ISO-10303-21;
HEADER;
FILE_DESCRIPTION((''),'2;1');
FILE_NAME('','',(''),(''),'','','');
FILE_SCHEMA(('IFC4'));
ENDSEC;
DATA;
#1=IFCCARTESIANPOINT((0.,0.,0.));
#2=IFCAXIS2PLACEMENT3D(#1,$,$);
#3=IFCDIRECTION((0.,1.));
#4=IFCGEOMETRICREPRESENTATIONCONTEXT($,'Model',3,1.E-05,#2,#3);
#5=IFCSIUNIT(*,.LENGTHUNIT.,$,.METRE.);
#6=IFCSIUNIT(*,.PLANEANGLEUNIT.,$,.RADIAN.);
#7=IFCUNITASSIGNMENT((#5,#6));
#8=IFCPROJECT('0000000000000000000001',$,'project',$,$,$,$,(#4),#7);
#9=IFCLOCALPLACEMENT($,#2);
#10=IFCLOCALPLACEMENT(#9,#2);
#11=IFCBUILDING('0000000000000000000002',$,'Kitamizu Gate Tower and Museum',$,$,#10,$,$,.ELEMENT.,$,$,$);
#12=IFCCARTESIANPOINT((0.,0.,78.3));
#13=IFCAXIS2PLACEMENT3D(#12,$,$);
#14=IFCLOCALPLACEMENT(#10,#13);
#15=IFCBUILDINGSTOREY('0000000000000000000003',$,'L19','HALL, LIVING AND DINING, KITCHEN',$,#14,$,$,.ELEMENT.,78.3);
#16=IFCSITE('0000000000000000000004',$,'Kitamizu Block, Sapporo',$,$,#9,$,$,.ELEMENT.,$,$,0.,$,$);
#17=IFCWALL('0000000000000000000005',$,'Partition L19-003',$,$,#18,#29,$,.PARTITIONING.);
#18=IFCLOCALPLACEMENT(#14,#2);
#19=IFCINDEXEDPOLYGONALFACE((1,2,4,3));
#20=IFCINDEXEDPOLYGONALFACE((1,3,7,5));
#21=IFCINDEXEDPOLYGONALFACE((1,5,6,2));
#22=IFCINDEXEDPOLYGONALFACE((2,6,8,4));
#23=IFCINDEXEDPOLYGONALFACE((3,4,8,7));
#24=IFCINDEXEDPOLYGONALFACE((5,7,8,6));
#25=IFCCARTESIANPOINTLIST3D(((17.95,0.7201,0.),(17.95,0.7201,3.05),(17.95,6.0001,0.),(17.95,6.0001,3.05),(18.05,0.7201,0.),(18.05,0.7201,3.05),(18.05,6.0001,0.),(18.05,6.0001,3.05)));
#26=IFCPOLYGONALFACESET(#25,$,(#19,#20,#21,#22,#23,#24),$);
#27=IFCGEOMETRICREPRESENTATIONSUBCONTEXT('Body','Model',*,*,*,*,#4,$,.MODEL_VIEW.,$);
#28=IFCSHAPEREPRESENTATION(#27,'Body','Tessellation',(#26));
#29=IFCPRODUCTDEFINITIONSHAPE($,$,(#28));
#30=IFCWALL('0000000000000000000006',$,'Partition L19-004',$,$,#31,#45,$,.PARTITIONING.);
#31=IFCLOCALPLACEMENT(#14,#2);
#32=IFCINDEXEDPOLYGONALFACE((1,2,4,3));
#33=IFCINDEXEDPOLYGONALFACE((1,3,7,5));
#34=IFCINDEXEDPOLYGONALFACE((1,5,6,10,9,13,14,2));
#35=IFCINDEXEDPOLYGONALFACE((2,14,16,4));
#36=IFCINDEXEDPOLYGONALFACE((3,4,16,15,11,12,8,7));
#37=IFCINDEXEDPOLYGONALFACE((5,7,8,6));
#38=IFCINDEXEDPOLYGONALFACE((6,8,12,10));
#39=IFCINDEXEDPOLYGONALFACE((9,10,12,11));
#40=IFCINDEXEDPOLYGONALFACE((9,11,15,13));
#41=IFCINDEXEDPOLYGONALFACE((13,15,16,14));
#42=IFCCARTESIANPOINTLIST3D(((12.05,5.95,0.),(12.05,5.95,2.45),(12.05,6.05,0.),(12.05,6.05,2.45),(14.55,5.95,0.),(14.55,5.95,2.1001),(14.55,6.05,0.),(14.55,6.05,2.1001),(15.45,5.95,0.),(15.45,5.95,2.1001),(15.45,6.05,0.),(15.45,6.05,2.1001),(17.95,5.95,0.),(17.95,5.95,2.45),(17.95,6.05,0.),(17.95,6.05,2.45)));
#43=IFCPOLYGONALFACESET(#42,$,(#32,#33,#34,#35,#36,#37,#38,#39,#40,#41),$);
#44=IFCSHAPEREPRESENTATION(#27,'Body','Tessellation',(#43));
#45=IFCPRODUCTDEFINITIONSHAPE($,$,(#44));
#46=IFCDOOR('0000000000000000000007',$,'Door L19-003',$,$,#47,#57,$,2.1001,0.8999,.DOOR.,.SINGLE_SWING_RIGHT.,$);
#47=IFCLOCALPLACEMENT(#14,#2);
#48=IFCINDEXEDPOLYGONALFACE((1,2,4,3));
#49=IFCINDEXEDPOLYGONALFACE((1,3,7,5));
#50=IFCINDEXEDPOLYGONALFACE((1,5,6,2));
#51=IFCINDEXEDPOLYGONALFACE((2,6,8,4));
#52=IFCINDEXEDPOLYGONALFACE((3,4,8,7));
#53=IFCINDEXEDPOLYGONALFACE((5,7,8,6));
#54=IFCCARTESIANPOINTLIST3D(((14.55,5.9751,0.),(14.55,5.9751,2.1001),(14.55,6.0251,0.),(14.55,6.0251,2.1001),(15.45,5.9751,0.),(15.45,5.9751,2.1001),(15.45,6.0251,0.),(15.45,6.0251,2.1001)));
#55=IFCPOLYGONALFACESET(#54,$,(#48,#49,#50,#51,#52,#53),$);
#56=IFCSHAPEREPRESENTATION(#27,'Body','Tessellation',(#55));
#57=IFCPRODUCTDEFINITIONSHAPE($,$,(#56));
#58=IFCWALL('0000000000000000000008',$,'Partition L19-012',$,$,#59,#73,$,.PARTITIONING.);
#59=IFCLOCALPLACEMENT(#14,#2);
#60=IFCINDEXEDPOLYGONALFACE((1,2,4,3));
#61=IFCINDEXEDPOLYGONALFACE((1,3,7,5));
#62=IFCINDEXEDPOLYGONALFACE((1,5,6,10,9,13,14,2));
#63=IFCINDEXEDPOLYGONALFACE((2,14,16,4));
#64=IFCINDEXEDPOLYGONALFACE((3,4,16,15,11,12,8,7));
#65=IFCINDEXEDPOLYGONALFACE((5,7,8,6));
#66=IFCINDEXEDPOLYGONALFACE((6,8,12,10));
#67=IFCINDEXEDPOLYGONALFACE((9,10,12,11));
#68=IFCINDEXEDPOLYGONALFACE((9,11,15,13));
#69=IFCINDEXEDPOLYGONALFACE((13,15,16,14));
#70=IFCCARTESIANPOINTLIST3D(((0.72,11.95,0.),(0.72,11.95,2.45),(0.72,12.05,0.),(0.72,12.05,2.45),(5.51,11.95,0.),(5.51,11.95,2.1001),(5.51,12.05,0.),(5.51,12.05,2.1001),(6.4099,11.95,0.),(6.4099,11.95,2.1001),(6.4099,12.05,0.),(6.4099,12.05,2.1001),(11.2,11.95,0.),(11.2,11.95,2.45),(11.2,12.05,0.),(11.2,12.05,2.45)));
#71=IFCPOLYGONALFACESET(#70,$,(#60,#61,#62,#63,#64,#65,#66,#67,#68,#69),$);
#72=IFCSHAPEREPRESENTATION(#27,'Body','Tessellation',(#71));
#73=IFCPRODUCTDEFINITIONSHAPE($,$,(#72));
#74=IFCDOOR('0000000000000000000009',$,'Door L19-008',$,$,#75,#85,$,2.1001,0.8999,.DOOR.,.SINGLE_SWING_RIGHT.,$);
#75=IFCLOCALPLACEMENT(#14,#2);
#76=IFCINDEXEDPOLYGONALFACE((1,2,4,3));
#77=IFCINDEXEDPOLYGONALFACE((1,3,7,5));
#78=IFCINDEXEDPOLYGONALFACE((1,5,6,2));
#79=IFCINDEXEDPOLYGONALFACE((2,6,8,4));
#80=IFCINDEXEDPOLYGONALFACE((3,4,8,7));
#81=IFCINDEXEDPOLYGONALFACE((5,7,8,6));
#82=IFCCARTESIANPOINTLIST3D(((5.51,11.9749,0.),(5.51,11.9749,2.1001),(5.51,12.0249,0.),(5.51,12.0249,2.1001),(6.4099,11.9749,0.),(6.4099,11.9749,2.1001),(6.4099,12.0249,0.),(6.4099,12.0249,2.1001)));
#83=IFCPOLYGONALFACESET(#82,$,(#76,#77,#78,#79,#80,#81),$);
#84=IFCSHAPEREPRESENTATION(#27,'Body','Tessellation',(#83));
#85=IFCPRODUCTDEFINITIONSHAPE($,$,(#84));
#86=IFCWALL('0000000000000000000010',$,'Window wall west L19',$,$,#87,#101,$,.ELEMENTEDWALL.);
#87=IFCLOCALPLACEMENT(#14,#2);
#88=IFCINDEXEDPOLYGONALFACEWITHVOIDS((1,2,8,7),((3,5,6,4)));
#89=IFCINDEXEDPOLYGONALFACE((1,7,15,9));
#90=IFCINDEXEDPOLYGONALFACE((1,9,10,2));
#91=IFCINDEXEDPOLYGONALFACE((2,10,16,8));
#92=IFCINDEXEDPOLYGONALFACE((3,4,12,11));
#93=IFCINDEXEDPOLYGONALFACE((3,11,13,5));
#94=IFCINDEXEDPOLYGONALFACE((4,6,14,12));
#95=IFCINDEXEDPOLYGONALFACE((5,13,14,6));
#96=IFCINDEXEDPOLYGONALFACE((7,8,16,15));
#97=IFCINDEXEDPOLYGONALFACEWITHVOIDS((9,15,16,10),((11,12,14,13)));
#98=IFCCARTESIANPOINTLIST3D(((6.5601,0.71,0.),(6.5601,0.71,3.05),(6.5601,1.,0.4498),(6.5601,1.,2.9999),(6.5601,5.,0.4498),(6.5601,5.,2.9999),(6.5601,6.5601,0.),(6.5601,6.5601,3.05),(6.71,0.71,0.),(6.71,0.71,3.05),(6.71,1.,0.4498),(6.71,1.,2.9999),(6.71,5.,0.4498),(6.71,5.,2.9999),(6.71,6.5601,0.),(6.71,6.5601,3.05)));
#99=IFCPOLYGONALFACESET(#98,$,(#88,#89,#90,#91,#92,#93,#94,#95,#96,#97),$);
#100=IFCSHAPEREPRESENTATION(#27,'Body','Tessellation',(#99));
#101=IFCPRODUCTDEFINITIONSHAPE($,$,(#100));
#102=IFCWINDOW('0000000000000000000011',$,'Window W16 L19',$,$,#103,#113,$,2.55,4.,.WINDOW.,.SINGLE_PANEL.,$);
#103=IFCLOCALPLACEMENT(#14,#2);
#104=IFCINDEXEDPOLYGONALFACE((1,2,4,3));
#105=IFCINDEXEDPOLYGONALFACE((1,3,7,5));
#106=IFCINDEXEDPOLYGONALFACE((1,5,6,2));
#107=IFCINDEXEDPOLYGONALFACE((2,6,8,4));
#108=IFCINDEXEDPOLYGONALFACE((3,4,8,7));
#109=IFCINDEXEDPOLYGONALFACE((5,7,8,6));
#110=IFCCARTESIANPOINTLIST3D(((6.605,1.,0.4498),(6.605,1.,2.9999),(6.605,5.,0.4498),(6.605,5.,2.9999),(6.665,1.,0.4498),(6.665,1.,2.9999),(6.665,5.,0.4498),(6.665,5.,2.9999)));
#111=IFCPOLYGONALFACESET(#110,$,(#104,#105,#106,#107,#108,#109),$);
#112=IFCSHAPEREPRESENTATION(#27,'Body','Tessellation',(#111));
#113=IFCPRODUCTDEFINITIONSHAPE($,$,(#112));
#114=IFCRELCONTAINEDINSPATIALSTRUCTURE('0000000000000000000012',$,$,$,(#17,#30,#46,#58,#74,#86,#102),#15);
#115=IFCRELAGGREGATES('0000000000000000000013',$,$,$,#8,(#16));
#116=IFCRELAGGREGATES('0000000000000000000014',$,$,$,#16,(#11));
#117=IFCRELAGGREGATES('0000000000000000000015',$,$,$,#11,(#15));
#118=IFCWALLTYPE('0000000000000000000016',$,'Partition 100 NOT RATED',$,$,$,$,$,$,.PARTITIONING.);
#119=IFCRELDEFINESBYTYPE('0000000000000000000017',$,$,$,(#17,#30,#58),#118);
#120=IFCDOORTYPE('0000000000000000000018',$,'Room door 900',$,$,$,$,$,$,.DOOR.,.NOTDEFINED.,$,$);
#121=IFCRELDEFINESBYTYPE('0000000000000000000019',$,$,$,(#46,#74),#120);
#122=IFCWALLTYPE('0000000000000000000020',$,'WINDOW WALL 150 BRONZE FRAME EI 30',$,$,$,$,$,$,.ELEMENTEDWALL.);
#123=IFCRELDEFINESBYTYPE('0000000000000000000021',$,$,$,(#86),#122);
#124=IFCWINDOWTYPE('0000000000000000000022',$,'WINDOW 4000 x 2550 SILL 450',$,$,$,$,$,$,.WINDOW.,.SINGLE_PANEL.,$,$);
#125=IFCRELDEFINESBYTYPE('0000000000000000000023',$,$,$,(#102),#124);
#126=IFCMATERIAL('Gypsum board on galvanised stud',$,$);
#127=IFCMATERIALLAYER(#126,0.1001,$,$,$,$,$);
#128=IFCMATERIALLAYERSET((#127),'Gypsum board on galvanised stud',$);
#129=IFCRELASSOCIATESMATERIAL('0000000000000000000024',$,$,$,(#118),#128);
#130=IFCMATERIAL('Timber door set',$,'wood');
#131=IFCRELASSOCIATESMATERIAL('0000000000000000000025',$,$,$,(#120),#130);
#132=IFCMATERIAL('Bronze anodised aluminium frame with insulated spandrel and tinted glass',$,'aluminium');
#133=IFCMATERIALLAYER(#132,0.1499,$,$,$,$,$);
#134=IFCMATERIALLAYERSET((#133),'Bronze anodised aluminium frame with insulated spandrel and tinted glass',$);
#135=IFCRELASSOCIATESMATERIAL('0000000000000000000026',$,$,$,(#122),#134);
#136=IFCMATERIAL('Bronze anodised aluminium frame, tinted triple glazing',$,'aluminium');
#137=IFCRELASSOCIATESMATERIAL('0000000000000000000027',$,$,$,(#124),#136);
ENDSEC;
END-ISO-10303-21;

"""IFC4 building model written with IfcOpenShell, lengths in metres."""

from ifc_helpers import new_model, si_unit, direction, frame, frame_2d, origin, place, context, subcontext, project, spatial, rectangle, extrude, material, layer, layer_set, type_object, element, fill, save


model = new_model("IFC4")

# Units and contexts
model_context = context("Model", 3, precision=1e-05, world=origin(), true_north=direction((0.0, 1.0)))
body_context = subcontext(model_context, "Body", "Model", "MODEL_VIEW")
ifc_project = project(units=[si_unit("LENGTHUNIT", "METRE"), si_unit("PLANEANGLEUNIT", "RADIAN")], contexts=[model_context])

# Site, building, storey
site_placement = place(None, origin())
site = spatial("IfcSite", under=ifc_project, at=site_placement, Name="Kitamizu Block, Sapporo", CompositionType="ELEMENT", RefElevation=0.0)
building_placement = place(site_placement, origin())
building = spatial("IfcBuilding", under=site, at=building_placement, Name="Kitamizu Gate Tower and Museum", CompositionType="ELEMENT")
storey_placement = place(building_placement, frame((0.0, 0.0, 78.3)))
storey = spatial("IfcBuildingStorey", under=building, at=storey_placement, Name="L19", Description="HALL, LIVING AND DINING, KITCHEN", CompositionType="ELEMENT", Elevation=78.3)

# Shared definitions
ifc_material_1 = material(Name="Gypsum board on galvanised stud")
ifc_layer_1 = layer(ifc_material_1, 0.1001)
ifc_layer_set_1 = layer_set([ifc_layer_1], Name="Gypsum board on galvanised stud")
wall_type_1 = type_object("IfcWallType", Name="Partition 100 NOT RATED", PredefinedType="PARTITIONING", material=ifc_layer_set_1)
ifc_material_2 = material(Name="Timber door set", Category="wood")
door_type = type_object("IfcDoorType", Name="Room door 900", OperationType="NOTDEFINED", PredefinedType="DOOR", material=ifc_material_2)

# Wall
wall_1_placement = place(storey_placement, frame((18.0, 0.72, 0.0), z_axis=(0.0, 0.0, 1.0), x_axis=(0.0, 1.0, 0.0)))
element("IfcWall", 1, at=wall_1_placement, inside=storey, type_object=wall_type_1, Name="Partition L19-003", PredefinedType="PARTITIONING", context=body_context, shape_type="SweptSolid", body=[
    extrude(rectangle(XDim=5.28, YDim=0.1001, at=frame_2d((2.6401, 0.0))), origin(), (0.0, 0.0, 1.0), 3.05),
])

# Walls, openings, doors
wall_2_placement = place(storey_placement, frame((17.95, 6.0, 0.0), z_axis=(0.0, 0.0, 1.0), x_axis=(-1.0, 0.0, 0.0)))
wall_2 = element("IfcWall", 2, at=wall_2_placement, inside=storey, type_object=wall_type_1, Name="Partition L19-004", PredefinedType="PARTITIONING", context=body_context, shape_type="SweptSolid", body=[
    extrude(rectangle(XDim=5.8999, YDim=0.1001, at=frame_2d((2.95, 0.0))), origin(), (0.0, 0.0, 1.0), 2.45),
])
opening_1_placement = place(wall_2_placement, frame((2.5, 0.0, 0.0)))
opening_1 = element("IfcOpeningElement", 3, at=opening_1_placement, cuts=wall_2, PredefinedType="OPENING", context=body_context, shape_type="SweptSolid", body=[
    extrude(rectangle(XDim=0.8999, YDim=2.1001, at=frame_2d((0.45, 1.05))), frame((0.0, 0.0601, 0.0), z_axis=(0.0, -1.0, 0.0), x_axis=(1.0, 0.0, 0.0)), (0.0, 0.0, 1.0), 0.1201),
])
door_1_placement = place(opening_1_placement, origin())
door_1 = element("IfcDoor", 4, at=door_1_placement, inside=storey, type_object=door_type, Name="Door L19-003", OperationType="SINGLE_SWING_RIGHT", OverallHeight=2.1001, OverallWidth=0.8999, PredefinedType="DOOR", context=body_context, shape_type="SweptSolid", body=[
    extrude(rectangle(XDim=0.8999, YDim=2.1001, at=frame_2d((0.45, 1.05))), frame((0.0, 0.0249, 0.0), z_axis=(0.0, -1.0, 0.0), x_axis=(1.0, 0.0, 0.0)), (0.0, 0.0, 1.0), 0.05),
])
fill(opening_1, door_1)
wall_3_placement = place(storey_placement, frame((11.2, 12.0, 0.0), z_axis=(0.0, 0.0, 1.0), x_axis=(-1.0, 0.0, 0.0)))
wall_3 = element("IfcWall", 5, at=wall_3_placement, inside=storey, type_object=wall_type_1, Name="Partition L19-012", PredefinedType="PARTITIONING", context=body_context, shape_type="SweptSolid", body=[
    extrude(rectangle(XDim=10.48, YDim=0.1001, at=frame_2d((5.24, 0.0))), origin(), (0.0, 0.0, 1.0), 2.45),
])
opening_2_placement = place(wall_3_placement, frame((4.79, 0.0, 0.0)))
opening_2 = element("IfcOpeningElement", 6, at=opening_2_placement, cuts=wall_3, PredefinedType="OPENING", context=body_context, shape_type="SweptSolid", body=[
    extrude(rectangle(XDim=0.8999, YDim=2.1001, at=frame_2d((0.45, 1.05))), frame((0.0, 0.0601, 0.0), z_axis=(0.0, -1.0, 0.0), x_axis=(1.0, 0.0, 0.0)), (0.0, 0.0, 1.0), 0.1201),
])
door_2_placement = place(opening_2_placement, frame((0.8999, 0.0, 0.0), x_axis=(-1.0, 0.0, 0.0)))
door_2 = element("IfcDoor", 7, at=door_2_placement, inside=storey, type_object=door_type, Name="Door L19-008", OperationType="SINGLE_SWING_RIGHT", OverallHeight=2.1001, OverallWidth=0.8999, PredefinedType="DOOR", context=body_context, shape_type="SweptSolid", body=[
    extrude(rectangle(XDim=0.8999, YDim=2.1001, at=frame_2d((0.45, 1.05))), frame((0.0, 0.0249, 0.0), z_axis=(0.0, -1.0, 0.0), x_axis=(1.0, 0.0, 0.0)), (0.0, 0.0, 1.0), 0.05),
])
fill(opening_2, door_2)

# Shared definitions
ifc_material_3 = material(Name="Bronze anodised aluminium frame with insulated spandrel and tinted glass", Category="aluminium")
ifc_layer_2 = layer(ifc_material_3, 0.1499)
ifc_layer_set_2 = layer_set([ifc_layer_2], Name="Bronze anodised aluminium frame with insulated spandrel and tinted glass")
wall_type_2 = type_object("IfcWallType", Name="WINDOW WALL 150 BRONZE FRAME EI 30", PredefinedType="ELEMENTEDWALL", material=ifc_layer_set_2)

# Wall, opening, window
wall_4_placement = place(storey_placement, frame((6.635, 0.71, 0.0), z_axis=(0.0, 0.0, 1.0), x_axis=(0.0, 1.0, 0.0)))
wall_4 = element("IfcWall", 8, at=wall_4_placement, inside=storey, type_object=wall_type_2, Name="Window wall west L19", PredefinedType="ELEMENTEDWALL", context=body_context, shape_type="SweptSolid", body=[
    extrude(rectangle(XDim=5.8501, YDim=0.1499, at=frame_2d((2.925, 0.0))), origin(), (0.0, 0.0, 1.0), 3.05),
])
opening_3_placement = place(wall_4_placement, frame((0.29, 0.0, 0.45)))
opening_3 = element("IfcOpeningElement", 9, at=opening_3_placement, cuts=wall_4, PredefinedType="OPENING", context=body_context, shape_type="SweptSolid", body=[
    extrude(rectangle(XDim=4.0, YDim=2.55, at=frame_2d((2.0, 1.2749))), frame((0.0, 0.085, 0.0), z_axis=(0.0, -1.0, 0.0), x_axis=(1.0, 0.0, 0.0)), (0.0, 0.0, 1.0), 0.1699),
])
ifc_material_4 = material(Name="Bronze anodised aluminium frame, tinted triple glazing", Category="aluminium")
window_type_1 = type_object("IfcWindowType", Name="WINDOW 4000 x 2550 SILL 450", PartitioningType="SINGLE_PANEL", PredefinedType="WINDOW", material=ifc_material_4)
window_1_placement = place(opening_3_placement, origin())
window_1 = element("IfcWindow", 10, at=window_1_placement, inside=storey, type_object=window_type_1, Name="Window W16 L19", OverallHeight=2.55, OverallWidth=4.0, PartitioningType="SINGLE_PANEL", PredefinedType="WINDOW", context=body_context, shape_type="SweptSolid", body=[
    extrude(rectangle(XDim=4.0, YDim=2.55, at=frame_2d((2.0, 1.2749))), frame((0.0, 0.03, 0.0), z_axis=(0.0, -1.0, 0.0), x_axis=(1.0, 0.0, 0.0)), (0.0, 0.0, 1.0), 0.0601),
])
fill(opening_3, window_1)

save(model, "model.ifc")
